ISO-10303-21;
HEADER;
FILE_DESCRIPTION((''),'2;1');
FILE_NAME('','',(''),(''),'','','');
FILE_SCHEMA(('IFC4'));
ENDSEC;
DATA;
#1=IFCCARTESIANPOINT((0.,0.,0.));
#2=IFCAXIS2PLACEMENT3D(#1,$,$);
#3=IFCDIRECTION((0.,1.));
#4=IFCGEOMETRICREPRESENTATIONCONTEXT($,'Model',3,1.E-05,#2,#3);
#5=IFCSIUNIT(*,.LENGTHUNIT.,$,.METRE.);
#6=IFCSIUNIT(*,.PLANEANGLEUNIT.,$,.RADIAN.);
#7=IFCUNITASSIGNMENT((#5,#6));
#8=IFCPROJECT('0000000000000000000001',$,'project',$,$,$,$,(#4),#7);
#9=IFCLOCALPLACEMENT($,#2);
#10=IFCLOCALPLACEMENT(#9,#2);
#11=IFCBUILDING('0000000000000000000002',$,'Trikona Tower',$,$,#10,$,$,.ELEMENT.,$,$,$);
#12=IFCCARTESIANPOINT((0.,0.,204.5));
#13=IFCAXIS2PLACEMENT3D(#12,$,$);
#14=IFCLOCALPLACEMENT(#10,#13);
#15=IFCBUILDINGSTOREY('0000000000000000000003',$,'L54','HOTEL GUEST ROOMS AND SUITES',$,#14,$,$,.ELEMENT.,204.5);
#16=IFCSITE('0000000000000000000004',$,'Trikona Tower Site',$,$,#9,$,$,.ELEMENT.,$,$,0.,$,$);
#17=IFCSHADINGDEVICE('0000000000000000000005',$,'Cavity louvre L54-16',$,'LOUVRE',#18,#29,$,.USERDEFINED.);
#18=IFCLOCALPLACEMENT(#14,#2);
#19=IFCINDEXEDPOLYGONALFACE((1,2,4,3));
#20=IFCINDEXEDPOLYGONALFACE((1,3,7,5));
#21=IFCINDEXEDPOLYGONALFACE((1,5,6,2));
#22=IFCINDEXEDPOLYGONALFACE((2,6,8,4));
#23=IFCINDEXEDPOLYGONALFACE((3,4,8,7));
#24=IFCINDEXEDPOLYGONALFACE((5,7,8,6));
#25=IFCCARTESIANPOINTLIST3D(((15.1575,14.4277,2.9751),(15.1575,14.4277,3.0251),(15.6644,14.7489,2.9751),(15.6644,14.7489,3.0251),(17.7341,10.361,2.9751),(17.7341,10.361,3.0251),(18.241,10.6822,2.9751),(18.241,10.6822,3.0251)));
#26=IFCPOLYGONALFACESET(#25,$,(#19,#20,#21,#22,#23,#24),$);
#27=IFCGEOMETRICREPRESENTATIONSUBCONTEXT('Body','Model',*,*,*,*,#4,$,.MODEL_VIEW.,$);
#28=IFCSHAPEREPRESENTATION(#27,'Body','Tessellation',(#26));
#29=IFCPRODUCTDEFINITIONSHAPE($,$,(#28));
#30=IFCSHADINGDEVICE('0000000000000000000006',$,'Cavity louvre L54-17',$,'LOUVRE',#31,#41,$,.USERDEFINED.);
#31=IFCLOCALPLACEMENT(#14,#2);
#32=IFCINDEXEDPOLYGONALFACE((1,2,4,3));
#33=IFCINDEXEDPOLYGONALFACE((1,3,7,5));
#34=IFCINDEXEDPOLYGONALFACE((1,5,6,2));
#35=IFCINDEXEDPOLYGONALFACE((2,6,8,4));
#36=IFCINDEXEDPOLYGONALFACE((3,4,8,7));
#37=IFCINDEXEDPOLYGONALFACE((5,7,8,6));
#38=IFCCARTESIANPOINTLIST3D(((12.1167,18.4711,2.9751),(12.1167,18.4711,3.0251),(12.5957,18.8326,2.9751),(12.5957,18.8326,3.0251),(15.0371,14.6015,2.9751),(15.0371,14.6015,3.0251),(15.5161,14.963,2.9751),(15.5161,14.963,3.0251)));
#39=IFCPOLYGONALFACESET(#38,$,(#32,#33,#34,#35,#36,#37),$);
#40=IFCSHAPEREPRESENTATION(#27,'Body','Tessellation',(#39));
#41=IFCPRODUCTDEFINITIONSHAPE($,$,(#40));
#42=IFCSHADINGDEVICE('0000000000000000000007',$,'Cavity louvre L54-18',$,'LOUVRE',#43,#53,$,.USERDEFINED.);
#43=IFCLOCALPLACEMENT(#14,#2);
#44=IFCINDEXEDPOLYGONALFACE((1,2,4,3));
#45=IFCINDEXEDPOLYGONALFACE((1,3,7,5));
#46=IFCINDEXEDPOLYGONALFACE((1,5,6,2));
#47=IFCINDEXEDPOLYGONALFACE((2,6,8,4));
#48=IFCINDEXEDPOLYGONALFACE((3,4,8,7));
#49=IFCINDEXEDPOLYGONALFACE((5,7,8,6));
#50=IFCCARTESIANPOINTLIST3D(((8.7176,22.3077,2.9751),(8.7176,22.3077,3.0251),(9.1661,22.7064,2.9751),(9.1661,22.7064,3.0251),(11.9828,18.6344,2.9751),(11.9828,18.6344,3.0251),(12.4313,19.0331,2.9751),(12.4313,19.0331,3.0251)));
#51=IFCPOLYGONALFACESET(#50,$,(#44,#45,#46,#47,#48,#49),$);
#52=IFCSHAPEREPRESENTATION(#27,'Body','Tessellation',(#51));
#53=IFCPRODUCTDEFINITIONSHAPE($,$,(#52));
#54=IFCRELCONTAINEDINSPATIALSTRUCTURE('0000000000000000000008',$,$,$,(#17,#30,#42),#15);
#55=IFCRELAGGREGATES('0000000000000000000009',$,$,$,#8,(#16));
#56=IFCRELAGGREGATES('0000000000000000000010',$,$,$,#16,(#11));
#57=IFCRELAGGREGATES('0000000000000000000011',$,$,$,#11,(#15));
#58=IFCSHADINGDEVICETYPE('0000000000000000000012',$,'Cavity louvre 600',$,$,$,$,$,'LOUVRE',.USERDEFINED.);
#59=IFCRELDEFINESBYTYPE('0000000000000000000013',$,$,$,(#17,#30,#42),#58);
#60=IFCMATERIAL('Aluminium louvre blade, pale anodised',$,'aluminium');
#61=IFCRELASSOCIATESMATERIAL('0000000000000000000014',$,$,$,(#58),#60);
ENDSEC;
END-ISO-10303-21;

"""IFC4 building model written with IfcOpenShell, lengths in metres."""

from ifc_helpers import new_model, si_unit, direction, frame, origin, origin_2d, place, context, subcontext, project, spatial, rectangle, extrude, material, type_object, element, save


model = new_model("IFC4")

# Units and contexts
model_context = context("Model", 3, precision=1e-05, world=origin(), true_north=direction((0.0, 1.0)))
body_context = subcontext(model_context, "Body", "Model", "MODEL_VIEW")
ifc_project = project(units=[si_unit("LENGTHUNIT", "METRE"), si_unit("PLANEANGLEUNIT", "RADIAN")], contexts=[model_context])

# Site, building, storey
site_placement = place(None, origin())
site = spatial("IfcSite", under=ifc_project, at=site_placement, Name="Trikona Tower Site", CompositionType="ELEMENT", RefElevation=0.0)
building_placement = place(site_placement, origin())
building = spatial("IfcBuilding", under=site, at=building_placement, Name="Trikona Tower", CompositionType="ELEMENT")
storey_placement = place(building_placement, frame((0.0, 0.0, 204.5)))
storey = spatial("IfcBuildingStorey", under=building, at=storey_placement, Name="L54", Description="HOTEL GUEST ROOMS AND SUITES", CompositionType="ELEMENT", Elevation=204.5)

# Shading devices
ifc_material_1 = material(Name="Aluminium louvre blade, pale anodised", Category="aluminium")
shading_device_type = type_object("IfcShadingDeviceType", Name="Cavity louvre 600", ElementType="LOUVRE", PredefinedType="USERDEFINED", material=ifc_material_1)
shading_device_1_placement = place(storey_placement, frame((16.6992, 12.5549, 2.9751), z_axis=(0.0, 0.0, 1.0), x_axis=(-0.535205, 0.844722, 0.0)))
element("IfcShadingDevice", 1, at=shading_device_1_placement, inside=storey, type_object=shading_device_type, Name="Cavity louvre L54-16", ObjectType="LOUVRE", PredefinedType="USERDEFINED", context=body_context, shape_type="SweptSolid", body=[
    extrude(rectangle(XDim=4.8142, YDim=0.6001, at=origin_2d()), origin(), (0.0, 0.0, 1.0), 0.05),
])
shading_device_2_placement = place(storey_placement, frame((13.8164, 16.717, 2.9751), z_axis=(0.0, 0.0, 1.0), x_axis=(-0.602402, 0.798193, 0.0)))
element("IfcShadingDevice", 2, at=shading_device_2_placement, inside=storey, type_object=shading_device_type, Name="Cavity louvre L54-17", ObjectType="LOUVRE", PredefinedType="USERDEFINED", context=body_context, shape_type="SweptSolid", body=[
    extrude(rectangle(XDim=4.8479, YDim=0.6001, at=origin_2d()), origin(), (0.0, 0.0, 1.0), 0.05),
])
shading_device_3_placement = place(storey_placement, frame((10.5745, 20.6704, 2.9751), z_axis=(0.0, 0.0, 1.0), x_axis=(-0.664367, 0.747406, 0.0)))
element("IfcShadingDevice", 3, at=shading_device_3_placement, inside=storey, type_object=shading_device_type, Name="Cavity louvre L54-18", ObjectType="LOUVRE", PredefinedType="USERDEFINED", context=body_context, shape_type="SweptSolid", body=[
    extrude(rectangle(XDim=4.9148, YDim=0.6001, at=origin_2d()), origin(), (0.0, 0.0, 1.0), 0.05),
])

save(model, "model.ifc")
